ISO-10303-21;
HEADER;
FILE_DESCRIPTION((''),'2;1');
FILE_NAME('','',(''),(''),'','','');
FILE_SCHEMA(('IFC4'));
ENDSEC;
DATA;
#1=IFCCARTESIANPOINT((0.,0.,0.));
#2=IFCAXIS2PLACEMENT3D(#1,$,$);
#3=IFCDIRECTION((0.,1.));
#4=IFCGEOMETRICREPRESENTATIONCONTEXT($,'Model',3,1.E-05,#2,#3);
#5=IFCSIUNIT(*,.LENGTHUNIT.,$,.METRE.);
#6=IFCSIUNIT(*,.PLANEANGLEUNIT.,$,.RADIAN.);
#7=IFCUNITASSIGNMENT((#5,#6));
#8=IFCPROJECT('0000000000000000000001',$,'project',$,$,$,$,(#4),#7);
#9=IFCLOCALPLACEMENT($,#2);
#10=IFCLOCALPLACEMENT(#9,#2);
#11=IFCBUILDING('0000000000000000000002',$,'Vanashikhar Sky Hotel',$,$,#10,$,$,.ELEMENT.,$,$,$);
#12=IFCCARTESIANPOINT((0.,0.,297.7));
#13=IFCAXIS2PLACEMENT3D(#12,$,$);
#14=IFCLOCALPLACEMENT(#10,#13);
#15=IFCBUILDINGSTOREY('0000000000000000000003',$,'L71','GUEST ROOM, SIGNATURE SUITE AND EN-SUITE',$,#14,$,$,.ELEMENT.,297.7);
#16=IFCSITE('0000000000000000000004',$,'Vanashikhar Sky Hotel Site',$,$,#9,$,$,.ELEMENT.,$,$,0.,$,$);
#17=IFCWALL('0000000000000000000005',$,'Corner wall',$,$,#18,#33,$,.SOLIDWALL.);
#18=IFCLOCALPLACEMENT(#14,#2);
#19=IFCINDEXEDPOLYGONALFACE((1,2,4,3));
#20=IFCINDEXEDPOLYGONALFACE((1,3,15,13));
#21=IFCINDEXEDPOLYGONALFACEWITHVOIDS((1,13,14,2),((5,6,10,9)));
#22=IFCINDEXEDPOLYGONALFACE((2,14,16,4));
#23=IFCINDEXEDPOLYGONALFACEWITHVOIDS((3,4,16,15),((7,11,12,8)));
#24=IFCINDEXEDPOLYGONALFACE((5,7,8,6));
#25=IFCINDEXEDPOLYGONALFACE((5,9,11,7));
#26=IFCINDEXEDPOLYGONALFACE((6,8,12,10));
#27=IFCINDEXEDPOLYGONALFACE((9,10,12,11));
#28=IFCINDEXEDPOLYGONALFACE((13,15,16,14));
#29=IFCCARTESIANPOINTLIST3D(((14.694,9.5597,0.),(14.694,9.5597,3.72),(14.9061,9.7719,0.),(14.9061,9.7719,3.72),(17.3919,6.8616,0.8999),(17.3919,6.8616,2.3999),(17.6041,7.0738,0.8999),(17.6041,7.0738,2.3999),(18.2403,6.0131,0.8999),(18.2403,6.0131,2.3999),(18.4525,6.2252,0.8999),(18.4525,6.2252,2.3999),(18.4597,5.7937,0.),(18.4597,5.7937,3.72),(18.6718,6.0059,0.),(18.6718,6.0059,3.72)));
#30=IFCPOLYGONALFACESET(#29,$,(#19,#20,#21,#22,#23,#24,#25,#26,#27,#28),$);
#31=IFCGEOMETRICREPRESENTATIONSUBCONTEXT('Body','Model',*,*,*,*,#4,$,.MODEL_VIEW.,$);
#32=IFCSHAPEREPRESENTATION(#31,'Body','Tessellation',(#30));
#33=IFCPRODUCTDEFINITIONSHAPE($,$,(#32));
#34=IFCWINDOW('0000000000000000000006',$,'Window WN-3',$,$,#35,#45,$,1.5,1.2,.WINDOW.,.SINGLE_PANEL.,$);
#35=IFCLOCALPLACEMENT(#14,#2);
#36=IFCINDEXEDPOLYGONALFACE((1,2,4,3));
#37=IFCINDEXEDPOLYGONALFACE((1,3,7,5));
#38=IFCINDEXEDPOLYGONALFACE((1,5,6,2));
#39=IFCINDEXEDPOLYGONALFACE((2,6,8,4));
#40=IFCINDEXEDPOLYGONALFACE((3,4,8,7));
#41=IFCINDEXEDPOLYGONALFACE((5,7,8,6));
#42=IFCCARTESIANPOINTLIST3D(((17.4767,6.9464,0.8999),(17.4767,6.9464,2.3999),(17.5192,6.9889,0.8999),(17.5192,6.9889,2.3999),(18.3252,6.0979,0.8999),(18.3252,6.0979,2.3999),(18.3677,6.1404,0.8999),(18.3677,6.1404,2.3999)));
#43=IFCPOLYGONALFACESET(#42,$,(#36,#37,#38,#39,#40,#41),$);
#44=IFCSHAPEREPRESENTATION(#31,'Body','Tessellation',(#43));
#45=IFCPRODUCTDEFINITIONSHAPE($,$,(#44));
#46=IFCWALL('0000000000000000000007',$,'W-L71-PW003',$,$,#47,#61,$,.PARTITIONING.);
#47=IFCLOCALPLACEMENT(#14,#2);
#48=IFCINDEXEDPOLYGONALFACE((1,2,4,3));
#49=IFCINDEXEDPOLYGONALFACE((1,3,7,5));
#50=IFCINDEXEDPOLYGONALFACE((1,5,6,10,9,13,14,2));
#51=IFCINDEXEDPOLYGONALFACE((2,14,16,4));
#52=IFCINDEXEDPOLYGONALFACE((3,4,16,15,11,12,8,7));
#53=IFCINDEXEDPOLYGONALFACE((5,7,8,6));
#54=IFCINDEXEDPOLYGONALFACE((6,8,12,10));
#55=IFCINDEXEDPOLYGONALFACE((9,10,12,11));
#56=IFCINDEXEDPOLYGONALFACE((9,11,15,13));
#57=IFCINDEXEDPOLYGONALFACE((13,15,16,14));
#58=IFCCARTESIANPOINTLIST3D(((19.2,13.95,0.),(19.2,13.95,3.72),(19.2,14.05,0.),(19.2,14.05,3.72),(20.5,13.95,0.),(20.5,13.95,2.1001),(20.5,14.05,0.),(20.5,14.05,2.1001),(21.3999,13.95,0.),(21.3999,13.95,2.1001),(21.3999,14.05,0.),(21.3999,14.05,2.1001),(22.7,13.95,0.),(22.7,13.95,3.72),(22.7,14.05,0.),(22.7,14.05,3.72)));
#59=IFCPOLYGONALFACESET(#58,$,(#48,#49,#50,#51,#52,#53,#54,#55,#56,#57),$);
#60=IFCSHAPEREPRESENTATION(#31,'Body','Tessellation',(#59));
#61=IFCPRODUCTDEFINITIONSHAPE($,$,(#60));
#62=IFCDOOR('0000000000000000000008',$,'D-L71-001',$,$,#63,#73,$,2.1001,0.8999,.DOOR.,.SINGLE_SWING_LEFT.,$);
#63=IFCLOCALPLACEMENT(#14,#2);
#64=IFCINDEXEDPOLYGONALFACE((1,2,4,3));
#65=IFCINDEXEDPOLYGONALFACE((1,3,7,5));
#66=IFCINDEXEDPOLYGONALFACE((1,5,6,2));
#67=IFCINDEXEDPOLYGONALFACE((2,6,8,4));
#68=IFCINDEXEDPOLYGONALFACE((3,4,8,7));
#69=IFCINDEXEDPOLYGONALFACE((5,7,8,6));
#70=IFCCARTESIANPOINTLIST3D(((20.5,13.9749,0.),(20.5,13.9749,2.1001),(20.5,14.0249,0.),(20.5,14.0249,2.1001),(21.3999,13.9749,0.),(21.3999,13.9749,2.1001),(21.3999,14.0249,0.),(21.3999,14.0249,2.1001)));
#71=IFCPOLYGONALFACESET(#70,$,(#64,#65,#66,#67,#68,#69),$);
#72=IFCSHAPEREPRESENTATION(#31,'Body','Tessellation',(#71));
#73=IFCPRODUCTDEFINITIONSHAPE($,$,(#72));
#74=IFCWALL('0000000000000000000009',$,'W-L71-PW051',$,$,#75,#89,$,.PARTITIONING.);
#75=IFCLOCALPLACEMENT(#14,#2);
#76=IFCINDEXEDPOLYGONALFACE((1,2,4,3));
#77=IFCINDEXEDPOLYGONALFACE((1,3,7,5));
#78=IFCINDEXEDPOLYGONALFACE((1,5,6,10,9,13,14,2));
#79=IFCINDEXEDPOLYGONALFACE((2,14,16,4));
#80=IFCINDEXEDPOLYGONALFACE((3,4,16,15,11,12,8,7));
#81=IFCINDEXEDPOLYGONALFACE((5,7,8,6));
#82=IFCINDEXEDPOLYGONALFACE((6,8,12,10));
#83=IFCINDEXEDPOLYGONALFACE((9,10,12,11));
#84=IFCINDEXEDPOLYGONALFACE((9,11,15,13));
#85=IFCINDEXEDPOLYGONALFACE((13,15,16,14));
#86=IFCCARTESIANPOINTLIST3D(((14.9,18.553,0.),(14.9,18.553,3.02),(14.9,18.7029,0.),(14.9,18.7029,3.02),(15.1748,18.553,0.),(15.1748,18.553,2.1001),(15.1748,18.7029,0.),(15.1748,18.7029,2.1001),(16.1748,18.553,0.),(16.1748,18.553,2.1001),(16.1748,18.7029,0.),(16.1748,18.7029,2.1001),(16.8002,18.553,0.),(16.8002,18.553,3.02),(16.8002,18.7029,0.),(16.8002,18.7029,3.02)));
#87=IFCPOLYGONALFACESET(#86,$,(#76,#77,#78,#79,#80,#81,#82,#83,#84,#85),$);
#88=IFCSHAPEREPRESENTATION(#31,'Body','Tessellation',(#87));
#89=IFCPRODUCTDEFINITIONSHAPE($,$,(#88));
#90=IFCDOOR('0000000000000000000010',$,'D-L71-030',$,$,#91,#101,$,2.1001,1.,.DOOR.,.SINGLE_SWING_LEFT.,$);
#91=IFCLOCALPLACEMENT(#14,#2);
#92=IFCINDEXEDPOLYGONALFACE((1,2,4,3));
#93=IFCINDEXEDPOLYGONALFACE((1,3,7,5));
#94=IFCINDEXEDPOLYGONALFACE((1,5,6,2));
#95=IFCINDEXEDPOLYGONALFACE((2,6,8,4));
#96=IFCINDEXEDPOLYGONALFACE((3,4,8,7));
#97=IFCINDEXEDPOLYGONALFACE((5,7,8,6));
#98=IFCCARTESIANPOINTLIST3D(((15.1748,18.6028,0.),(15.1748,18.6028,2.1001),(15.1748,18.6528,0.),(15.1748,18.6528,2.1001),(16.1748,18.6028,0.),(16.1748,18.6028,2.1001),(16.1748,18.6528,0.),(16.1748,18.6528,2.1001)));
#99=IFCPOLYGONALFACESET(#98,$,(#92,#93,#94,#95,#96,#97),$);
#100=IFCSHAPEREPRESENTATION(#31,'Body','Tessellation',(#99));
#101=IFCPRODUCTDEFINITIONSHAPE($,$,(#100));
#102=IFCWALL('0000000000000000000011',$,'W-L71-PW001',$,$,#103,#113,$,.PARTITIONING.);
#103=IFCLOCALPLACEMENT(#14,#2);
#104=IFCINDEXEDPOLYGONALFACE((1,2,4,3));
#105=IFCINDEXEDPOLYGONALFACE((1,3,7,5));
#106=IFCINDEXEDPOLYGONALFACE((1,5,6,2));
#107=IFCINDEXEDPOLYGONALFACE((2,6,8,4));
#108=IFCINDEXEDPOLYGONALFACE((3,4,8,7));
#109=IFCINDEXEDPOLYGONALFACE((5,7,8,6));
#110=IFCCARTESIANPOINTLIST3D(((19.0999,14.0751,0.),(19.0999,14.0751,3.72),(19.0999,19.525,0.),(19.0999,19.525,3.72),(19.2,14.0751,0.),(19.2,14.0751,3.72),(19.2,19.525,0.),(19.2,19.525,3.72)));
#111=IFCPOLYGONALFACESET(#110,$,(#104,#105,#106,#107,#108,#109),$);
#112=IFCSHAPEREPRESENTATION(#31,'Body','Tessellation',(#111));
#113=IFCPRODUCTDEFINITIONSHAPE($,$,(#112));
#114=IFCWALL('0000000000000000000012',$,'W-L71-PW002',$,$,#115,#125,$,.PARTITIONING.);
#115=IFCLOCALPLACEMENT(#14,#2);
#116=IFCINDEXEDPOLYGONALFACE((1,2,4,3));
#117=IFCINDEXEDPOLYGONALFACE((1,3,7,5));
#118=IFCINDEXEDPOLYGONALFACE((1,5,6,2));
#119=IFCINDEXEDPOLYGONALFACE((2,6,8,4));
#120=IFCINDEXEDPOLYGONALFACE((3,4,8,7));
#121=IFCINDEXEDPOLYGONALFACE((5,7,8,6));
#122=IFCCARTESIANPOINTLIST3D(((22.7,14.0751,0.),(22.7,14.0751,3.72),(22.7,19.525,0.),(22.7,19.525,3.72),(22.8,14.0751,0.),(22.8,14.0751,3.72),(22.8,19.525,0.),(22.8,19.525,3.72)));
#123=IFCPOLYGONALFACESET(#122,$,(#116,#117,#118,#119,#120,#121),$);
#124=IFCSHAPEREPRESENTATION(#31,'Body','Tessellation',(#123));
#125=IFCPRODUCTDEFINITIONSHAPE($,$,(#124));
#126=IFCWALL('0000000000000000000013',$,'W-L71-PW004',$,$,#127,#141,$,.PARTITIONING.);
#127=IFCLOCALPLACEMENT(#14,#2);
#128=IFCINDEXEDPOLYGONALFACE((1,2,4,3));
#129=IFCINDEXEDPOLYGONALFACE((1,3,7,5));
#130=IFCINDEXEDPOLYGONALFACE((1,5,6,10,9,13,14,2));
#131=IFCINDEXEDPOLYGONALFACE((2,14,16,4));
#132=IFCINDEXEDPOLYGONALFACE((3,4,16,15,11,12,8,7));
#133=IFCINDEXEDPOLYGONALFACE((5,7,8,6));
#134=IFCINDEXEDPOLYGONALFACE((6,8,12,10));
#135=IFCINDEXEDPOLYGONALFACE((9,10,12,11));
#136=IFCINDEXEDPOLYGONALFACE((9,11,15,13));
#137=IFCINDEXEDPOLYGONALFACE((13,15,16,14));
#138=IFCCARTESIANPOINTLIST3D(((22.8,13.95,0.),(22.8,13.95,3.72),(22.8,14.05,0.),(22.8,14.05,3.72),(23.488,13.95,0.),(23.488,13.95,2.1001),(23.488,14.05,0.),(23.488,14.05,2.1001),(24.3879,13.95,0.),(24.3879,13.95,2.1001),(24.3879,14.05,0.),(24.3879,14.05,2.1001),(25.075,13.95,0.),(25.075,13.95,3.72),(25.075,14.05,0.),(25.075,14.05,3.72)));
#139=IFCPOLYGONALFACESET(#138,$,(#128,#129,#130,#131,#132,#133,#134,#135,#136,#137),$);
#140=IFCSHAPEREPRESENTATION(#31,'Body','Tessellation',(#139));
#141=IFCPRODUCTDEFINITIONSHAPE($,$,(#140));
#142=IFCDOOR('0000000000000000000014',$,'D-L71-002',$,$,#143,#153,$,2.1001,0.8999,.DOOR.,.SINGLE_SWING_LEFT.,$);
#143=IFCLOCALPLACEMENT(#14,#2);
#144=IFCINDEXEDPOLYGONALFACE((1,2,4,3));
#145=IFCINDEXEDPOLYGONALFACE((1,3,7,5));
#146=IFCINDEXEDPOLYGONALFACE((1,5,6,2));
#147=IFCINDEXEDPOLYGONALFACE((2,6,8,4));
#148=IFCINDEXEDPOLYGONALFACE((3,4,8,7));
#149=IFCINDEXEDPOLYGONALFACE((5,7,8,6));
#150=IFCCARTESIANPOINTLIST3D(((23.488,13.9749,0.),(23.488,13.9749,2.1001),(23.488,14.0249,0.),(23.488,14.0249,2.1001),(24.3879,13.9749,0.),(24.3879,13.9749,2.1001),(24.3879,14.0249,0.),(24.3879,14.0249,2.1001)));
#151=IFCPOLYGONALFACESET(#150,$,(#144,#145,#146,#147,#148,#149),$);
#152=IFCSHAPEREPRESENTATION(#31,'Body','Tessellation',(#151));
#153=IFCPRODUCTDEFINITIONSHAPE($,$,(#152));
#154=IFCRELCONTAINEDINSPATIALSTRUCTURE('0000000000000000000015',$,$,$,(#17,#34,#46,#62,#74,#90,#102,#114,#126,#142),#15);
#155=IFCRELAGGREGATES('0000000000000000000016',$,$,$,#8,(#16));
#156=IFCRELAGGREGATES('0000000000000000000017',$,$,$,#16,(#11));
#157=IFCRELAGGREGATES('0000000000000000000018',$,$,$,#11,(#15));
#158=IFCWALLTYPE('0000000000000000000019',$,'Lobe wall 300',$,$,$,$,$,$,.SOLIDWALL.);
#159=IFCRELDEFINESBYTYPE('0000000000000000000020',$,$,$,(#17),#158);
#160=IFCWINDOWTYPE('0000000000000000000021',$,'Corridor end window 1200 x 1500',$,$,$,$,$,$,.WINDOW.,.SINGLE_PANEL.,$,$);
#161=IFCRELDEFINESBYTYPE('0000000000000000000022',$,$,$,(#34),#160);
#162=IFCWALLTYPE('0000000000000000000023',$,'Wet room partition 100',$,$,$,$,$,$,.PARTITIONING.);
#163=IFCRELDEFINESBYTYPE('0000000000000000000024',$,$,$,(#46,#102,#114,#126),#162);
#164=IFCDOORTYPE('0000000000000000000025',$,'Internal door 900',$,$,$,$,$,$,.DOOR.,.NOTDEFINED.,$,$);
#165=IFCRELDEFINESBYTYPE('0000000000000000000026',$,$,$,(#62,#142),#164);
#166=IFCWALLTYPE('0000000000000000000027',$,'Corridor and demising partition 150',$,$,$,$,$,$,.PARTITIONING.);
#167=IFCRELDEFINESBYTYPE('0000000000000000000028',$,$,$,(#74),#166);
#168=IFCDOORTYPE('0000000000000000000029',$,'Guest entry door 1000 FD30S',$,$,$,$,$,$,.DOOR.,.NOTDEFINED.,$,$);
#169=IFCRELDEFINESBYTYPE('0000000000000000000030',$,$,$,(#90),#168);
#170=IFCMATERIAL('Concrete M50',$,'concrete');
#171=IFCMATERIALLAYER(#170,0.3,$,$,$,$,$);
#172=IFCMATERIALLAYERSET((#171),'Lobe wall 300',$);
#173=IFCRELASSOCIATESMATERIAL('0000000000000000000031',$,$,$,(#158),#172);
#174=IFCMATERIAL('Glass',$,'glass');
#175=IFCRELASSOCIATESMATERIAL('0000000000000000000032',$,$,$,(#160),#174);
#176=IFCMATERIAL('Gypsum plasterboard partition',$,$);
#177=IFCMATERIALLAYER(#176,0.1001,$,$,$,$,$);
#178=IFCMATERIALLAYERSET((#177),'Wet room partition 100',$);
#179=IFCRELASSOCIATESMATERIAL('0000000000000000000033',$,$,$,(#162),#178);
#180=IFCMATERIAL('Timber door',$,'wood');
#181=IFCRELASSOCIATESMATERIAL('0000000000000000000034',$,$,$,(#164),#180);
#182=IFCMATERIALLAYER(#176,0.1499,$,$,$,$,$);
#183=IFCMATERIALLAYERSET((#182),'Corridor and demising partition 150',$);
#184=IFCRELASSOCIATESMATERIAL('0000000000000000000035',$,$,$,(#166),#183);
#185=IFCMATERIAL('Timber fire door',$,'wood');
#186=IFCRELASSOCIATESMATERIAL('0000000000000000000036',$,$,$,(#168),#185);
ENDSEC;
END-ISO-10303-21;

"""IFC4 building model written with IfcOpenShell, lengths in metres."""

from ifc_helpers import new_model, si_unit, direction, frame, frame_2d, origin, place, context, subcontext, project, spatial, rectangle, extrude, source, transform, mapped, material, layer, layer_set, type_object, element, fill, save


model = new_model("IFC4")

# Units and contexts
model_context = context("Model", 3, precision=1e-05, world=origin(), true_north=direction((0.0, 1.0)))
body_context = subcontext(model_context, "Body", "Model", "MODEL_VIEW")
ifc_project = project(units=[si_unit("LENGTHUNIT", "METRE"), si_unit("PLANEANGLEUNIT", "RADIAN")], contexts=[model_context])

# Site, building, storey
site_placement = place(None, origin())
site = spatial("IfcSite", under=ifc_project, at=site_placement, Name="Vanashikhar Sky Hotel Site", CompositionType="ELEMENT", RefElevation=0.0)
building_placement = place(site_placement, origin())
building = spatial("IfcBuilding", under=site, at=building_placement, Name="Vanashikhar Sky Hotel", CompositionType="ELEMENT")
storey_placement = place(building_placement, frame((0.0, 0.0, 297.7)))
storey = spatial("IfcBuildingStorey", under=building, at=storey_placement, Name="L71", Description="GUEST ROOM, SIGNATURE SUITE AND EN-SUITE", CompositionType="ELEMENT", Elevation=297.7)

# Shared definitions
ifc_material_1 = material(Name="Concrete M50", Category="concrete")

# Shared definitions
ifc_material_2 = material(Name="Glass", Category="glass")

# Wall, opening, window
ifc_layer_1 = layer(ifc_material_1, 0.3)
ifc_layer_set_1 = layer_set([ifc_layer_1], Name="Lobe wall 300")
wall_type_1 = type_object("IfcWallType", Name="Lobe wall 300", PredefinedType="SOLIDWALL", material=ifc_layer_set_1)
shared_shape_1 = source(origin(), body_context, "Body", "SweptSolid", [
    extrude(rectangle(XDim=5.3257, YDim=0.3, at=frame_2d((2.6628, 0.0))), origin(), (0.0, 0.0, 1.0), 3.72),
])
wall_1_placement = place(storey_placement, frame((14.8, 9.6658, 0.0), z_axis=(0.0, 0.0, 1.0), x_axis=(0.707084, -0.70713, 0.0)))
wall_1 = element("IfcWall", 1, at=wall_1_placement, inside=storey, type_object=wall_type_1, Name="Corner wall", PredefinedType="SOLIDWALL", context=body_context, shape_type="MappedRepresentation", body=[
    mapped(shared_shape_1, transform((0.0, 0.0, 0.0), scale=1.0)),
])
shared_shape_2 = source(origin(), body_context, "Body", "SweptSolid", [
    extrude(rectangle(XDim=1.2, YDim=1.5, at=frame_2d((0.6001, 0.75))), frame((0.0, 0.1602, 0.0), z_axis=(0.0, -1.0, 0.0), x_axis=(1.0, 0.0, 0.0)), (0.0, 0.0, 1.0), 0.3201),
])
opening_1_placement = place(wall_1_placement, frame((3.8154, 0.0, 0.8999)))
opening_1 = element("IfcOpeningElement", 2, at=opening_1_placement, cuts=wall_1, PredefinedType="OPENING", context=body_context, shape_type="MappedRepresentation", body=[
    mapped(shared_shape_2, transform((0.0, 0.0, 0.0), scale=1.0)),
])
window_type_1 = type_object("IfcWindowType", Name="Corridor end window 1200 x 1500", PartitioningType="SINGLE_PANEL", PredefinedType="WINDOW", material=ifc_material_2)
shared_shape_3 = source(origin(), body_context, "Body", "SweptSolid", [
    extrude(rectangle(XDim=1.2, YDim=1.5, at=frame_2d((0.6001, 0.75))), frame((0.0, 0.03, 0.0), z_axis=(0.0, -1.0, 0.0), x_axis=(1.0, 0.0, 0.0)), (0.0, 0.0, 1.0), 0.0601),
])
window_1_placement = place(opening_1_placement, origin())
window_1 = element("IfcWindow", 3, at=window_1_placement, inside=storey, type_object=window_type_1, Name="Window WN-3", OverallHeight=1.5, OverallWidth=1.2, PartitioningType="SINGLE_PANEL", PredefinedType="WINDOW", context=body_context, shape_type="MappedRepresentation", body=[
    mapped(shared_shape_3, transform((0.0, 0.0, 0.0), scale=1.0)),
])
fill(opening_1, window_1)

# Walls, openings, doors
ifc_material_3 = material(Name="Gypsum plasterboard partition")
ifc_layer_2 = layer(ifc_material_3, 0.1001)
ifc_layer_set_2 = layer_set([ifc_layer_2], Name="Wet room partition 100")
wall_type_2 = type_object("IfcWallType", Name="Wet room partition 100", PredefinedType="PARTITIONING", material=ifc_layer_set_2)
shared_shape_4 = source(origin(), body_context, "Body", "SweptSolid", [
    extrude(rectangle(XDim=3.5, YDim=0.1001, at=frame_2d((1.75, 0.0))), origin(), (0.0, 0.0, 1.0), 3.72),
])
wall_2_placement = place(storey_placement, frame((19.2, 14.0, 0.0), z_axis=(0.0, 0.0, 1.0), x_axis=(1.0, 0.0, 0.0)))
wall_2 = element("IfcWall", 4, at=wall_2_placement, inside=storey, type_object=wall_type_2, Name="W-L71-PW003", PredefinedType="PARTITIONING", context=body_context, shape_type="MappedRepresentation", body=[
    mapped(shared_shape_4, transform((0.0, 0.0, 0.0), scale=1.0)),
])
shared_shape_5 = source(origin(), body_context, "Body", "SweptSolid", [
    extrude(rectangle(XDim=0.8999, YDim=2.1001, at=frame_2d((0.45, 1.05))), frame((0.0, 0.0601, 0.0), z_axis=(0.0, -1.0, 0.0), x_axis=(1.0, 0.0, 0.0)), (0.0, 0.0, 1.0), 0.1201),
])
opening_2_placement = place(wall_2_placement, frame((1.3, 0.0, 0.0)))
opening_2 = element("IfcOpeningElement", 5, at=opening_2_placement, cuts=wall_2, PredefinedType="OPENING", context=body_context, shape_type="MappedRepresentation", body=[
    mapped(shared_shape_5, transform((0.0, 0.0, 0.0), scale=1.0)),
])
ifc_material_4 = material(Name="Timber door", Category="wood")
door_type_1 = type_object("IfcDoorType", Name="Internal door 900", OperationType="NOTDEFINED", PredefinedType="DOOR", material=ifc_material_4)
shared_shape_6 = source(origin(), body_context, "Body", "SweptSolid", [
    extrude(rectangle(XDim=0.8999, YDim=2.1001, at=frame_2d((0.45, 1.05))), frame((0.0, 0.0249, 0.0), z_axis=(0.0, -1.0, 0.0), x_axis=(1.0, 0.0, 0.0)), (0.0, 0.0, 1.0), 0.05),
])
door_1_placement = place(opening_2_placement, origin())
door_1 = element("IfcDoor", 6, at=door_1_placement, inside=storey, type_object=door_type_1, Name="D-L71-001", OperationType="SINGLE_SWING_LEFT", OverallHeight=2.1001, OverallWidth=0.8999, PredefinedType="DOOR", context=body_context, shape_type="MappedRepresentation", body=[
    mapped(shared_shape_6, transform((0.0, 0.0, 0.0), scale=1.0)),
])
fill(opening_2, door_1)
ifc_layer_3 = layer(ifc_material_3, 0.1499)
ifc_layer_set_3 = layer_set([ifc_layer_3], Name="Corridor and demising partition 150")
wall_type_3 = type_object("IfcWallType", Name="Corridor and demising partition 150", PredefinedType="PARTITIONING", material=ifc_layer_set_3)
shared_shape_7 = source(origin(), body_context, "Body", "SweptSolid", [
    extrude(rectangle(XDim=1.9001, YDim=0.1499, at=frame_2d((0.9502, 0.0))), origin(), (0.0, 0.0, 1.0), 3.02),
])
wall_3_placement = place(storey_placement, frame((14.8999, 18.6279, 0.0), z_axis=(0.0, 0.0, 1.0), x_axis=(1.0, 0.0, 0.0)))
wall_3 = element("IfcWall", 7, at=wall_3_placement, inside=storey, type_object=wall_type_3, Name="W-L71-PW051", PredefinedType="PARTITIONING", context=body_context, shape_type="MappedRepresentation", body=[
    mapped(shared_shape_7, transform((0.0, 0.0, 0.0), scale=1.0)),
])
shared_shape_8 = source(origin(), body_context, "Body", "SweptSolid", [
    extrude(rectangle(XDim=1.0, YDim=2.1001, at=frame_2d((0.5, 1.05))), frame((0.0, 0.085, 0.0), z_axis=(0.0, -1.0, 0.0), x_axis=(1.0, 0.0, 0.0)), (0.0, 0.0, 1.0), 0.1699),
])
opening_3_placement = place(wall_3_placement, frame((0.2749, 0.0, 0.0)))
opening_3 = element("IfcOpeningElement", 8, at=opening_3_placement, cuts=wall_3, PredefinedType="OPENING", context=body_context, shape_type="MappedRepresentation", body=[
    mapped(shared_shape_8, transform((0.0, 0.0, 0.0), scale=1.0)),
])
ifc_material_5 = material(Name="Timber fire door", Category="wood")
door_type_2 = type_object("IfcDoorType", Name="Guest entry door 1000 FD30S", OperationType="NOTDEFINED", PredefinedType="DOOR", material=ifc_material_5)
shared_shape_9 = source(origin(), body_context, "Body", "SweptSolid", [
    extrude(rectangle(XDim=1.0, YDim=2.1001, at=frame_2d((0.5, 1.05))), frame((0.0, 0.0249, 0.0), z_axis=(0.0, -1.0, 0.0), x_axis=(1.0, 0.0, 0.0)), (0.0, 0.0, 1.0), 0.05),
])
door_2_placement = place(opening_3_placement, origin())
door_2 = element("IfcDoor", 9, at=door_2_placement, inside=storey, type_object=door_type_2, Name="D-L71-030", OperationType="SINGLE_SWING_LEFT", OverallHeight=2.1001, OverallWidth=1.0, PredefinedType="DOOR", context=body_context, shape_type="MappedRepresentation", body=[
    mapped(shared_shape_9, transform((0.0, 0.0, 0.0), scale=1.0)),
])
fill(opening_3, door_2)

# Walls
shared_shape_10 = source(origin(), body_context, "Body", "SweptSolid", [
    extrude(rectangle(XDim=5.45, YDim=0.1001, at=frame_2d((2.7251, 0.0))), origin(), (0.0, 0.0, 1.0), 3.72),
])
for number, where, z_axis, x_axis, name in (
    (10, (19.1499, 14.075, 0.0), (0.0, 0.0, 1.0), (0.0, 1.0, 0.0), "W-L71-PW001"),
    (11, (22.75, 14.075, 0.0), (0.0, 0.0, 1.0), (0.0, 1.0, 0.0), "W-L71-PW002"),
):
    element("IfcWall", number, at=place(storey_placement, frame(where, z_axis=z_axis, x_axis=x_axis)), inside=storey, type_object=wall_type_2, Name=name, PredefinedType="PARTITIONING", context=body_context, shape_type="MappedRepresentation", body=[
        mapped(shared_shape_10, transform((0.0, 0.0, 0.0), scale=1.0)),
    ])

# Wall, opening, door
shared_shape_11 = source(origin(), body_context, "Body", "SweptSolid", [
    extrude(rectangle(XDim=2.2749, YDim=0.1001, at=frame_2d((1.1375, 0.0))), origin(), (0.0, 0.0, 1.0), 3.72),
])
wall_4_placement = place(storey_placement, frame((22.8, 14.0, 0.0), z_axis=(0.0, 0.0, 1.0), x_axis=(1.0, 0.0, 0.0)))
wall_4 = element("IfcWall", 12, at=wall_4_placement, inside=storey, type_object=wall_type_2, Name="W-L71-PW004", PredefinedType="PARTITIONING", context=body_context, shape_type="MappedRepresentation", body=[
    mapped(shared_shape_11, transform((0.0, 0.0, 0.0), scale=1.0)),
])
opening_4_placement = place(wall_4_placement, frame((0.688, 0.0, 0.0)))
opening_4 = element("IfcOpeningElement", 13, at=opening_4_placement, cuts=wall_4, PredefinedType="OPENING", context=body_context, shape_type="MappedRepresentation", body=[
    mapped(shared_shape_5, transform((0.0, 0.0, 0.0), scale=1.0)),
])
door_3_placement = place(opening_4_placement, origin())
door_3 = element("IfcDoor", 14, at=door_3_placement, inside=storey, type_object=door_type_1, Name="D-L71-002", OperationType="SINGLE_SWING_LEFT", OverallHeight=2.1001, OverallWidth=0.8999, PredefinedType="DOOR", context=body_context, shape_type="MappedRepresentation", body=[
    mapped(shared_shape_6, transform((0.0, 0.0, 0.0), scale=1.0)),
])
fill(opening_4, door_3)

save(model, "model.ifc")
